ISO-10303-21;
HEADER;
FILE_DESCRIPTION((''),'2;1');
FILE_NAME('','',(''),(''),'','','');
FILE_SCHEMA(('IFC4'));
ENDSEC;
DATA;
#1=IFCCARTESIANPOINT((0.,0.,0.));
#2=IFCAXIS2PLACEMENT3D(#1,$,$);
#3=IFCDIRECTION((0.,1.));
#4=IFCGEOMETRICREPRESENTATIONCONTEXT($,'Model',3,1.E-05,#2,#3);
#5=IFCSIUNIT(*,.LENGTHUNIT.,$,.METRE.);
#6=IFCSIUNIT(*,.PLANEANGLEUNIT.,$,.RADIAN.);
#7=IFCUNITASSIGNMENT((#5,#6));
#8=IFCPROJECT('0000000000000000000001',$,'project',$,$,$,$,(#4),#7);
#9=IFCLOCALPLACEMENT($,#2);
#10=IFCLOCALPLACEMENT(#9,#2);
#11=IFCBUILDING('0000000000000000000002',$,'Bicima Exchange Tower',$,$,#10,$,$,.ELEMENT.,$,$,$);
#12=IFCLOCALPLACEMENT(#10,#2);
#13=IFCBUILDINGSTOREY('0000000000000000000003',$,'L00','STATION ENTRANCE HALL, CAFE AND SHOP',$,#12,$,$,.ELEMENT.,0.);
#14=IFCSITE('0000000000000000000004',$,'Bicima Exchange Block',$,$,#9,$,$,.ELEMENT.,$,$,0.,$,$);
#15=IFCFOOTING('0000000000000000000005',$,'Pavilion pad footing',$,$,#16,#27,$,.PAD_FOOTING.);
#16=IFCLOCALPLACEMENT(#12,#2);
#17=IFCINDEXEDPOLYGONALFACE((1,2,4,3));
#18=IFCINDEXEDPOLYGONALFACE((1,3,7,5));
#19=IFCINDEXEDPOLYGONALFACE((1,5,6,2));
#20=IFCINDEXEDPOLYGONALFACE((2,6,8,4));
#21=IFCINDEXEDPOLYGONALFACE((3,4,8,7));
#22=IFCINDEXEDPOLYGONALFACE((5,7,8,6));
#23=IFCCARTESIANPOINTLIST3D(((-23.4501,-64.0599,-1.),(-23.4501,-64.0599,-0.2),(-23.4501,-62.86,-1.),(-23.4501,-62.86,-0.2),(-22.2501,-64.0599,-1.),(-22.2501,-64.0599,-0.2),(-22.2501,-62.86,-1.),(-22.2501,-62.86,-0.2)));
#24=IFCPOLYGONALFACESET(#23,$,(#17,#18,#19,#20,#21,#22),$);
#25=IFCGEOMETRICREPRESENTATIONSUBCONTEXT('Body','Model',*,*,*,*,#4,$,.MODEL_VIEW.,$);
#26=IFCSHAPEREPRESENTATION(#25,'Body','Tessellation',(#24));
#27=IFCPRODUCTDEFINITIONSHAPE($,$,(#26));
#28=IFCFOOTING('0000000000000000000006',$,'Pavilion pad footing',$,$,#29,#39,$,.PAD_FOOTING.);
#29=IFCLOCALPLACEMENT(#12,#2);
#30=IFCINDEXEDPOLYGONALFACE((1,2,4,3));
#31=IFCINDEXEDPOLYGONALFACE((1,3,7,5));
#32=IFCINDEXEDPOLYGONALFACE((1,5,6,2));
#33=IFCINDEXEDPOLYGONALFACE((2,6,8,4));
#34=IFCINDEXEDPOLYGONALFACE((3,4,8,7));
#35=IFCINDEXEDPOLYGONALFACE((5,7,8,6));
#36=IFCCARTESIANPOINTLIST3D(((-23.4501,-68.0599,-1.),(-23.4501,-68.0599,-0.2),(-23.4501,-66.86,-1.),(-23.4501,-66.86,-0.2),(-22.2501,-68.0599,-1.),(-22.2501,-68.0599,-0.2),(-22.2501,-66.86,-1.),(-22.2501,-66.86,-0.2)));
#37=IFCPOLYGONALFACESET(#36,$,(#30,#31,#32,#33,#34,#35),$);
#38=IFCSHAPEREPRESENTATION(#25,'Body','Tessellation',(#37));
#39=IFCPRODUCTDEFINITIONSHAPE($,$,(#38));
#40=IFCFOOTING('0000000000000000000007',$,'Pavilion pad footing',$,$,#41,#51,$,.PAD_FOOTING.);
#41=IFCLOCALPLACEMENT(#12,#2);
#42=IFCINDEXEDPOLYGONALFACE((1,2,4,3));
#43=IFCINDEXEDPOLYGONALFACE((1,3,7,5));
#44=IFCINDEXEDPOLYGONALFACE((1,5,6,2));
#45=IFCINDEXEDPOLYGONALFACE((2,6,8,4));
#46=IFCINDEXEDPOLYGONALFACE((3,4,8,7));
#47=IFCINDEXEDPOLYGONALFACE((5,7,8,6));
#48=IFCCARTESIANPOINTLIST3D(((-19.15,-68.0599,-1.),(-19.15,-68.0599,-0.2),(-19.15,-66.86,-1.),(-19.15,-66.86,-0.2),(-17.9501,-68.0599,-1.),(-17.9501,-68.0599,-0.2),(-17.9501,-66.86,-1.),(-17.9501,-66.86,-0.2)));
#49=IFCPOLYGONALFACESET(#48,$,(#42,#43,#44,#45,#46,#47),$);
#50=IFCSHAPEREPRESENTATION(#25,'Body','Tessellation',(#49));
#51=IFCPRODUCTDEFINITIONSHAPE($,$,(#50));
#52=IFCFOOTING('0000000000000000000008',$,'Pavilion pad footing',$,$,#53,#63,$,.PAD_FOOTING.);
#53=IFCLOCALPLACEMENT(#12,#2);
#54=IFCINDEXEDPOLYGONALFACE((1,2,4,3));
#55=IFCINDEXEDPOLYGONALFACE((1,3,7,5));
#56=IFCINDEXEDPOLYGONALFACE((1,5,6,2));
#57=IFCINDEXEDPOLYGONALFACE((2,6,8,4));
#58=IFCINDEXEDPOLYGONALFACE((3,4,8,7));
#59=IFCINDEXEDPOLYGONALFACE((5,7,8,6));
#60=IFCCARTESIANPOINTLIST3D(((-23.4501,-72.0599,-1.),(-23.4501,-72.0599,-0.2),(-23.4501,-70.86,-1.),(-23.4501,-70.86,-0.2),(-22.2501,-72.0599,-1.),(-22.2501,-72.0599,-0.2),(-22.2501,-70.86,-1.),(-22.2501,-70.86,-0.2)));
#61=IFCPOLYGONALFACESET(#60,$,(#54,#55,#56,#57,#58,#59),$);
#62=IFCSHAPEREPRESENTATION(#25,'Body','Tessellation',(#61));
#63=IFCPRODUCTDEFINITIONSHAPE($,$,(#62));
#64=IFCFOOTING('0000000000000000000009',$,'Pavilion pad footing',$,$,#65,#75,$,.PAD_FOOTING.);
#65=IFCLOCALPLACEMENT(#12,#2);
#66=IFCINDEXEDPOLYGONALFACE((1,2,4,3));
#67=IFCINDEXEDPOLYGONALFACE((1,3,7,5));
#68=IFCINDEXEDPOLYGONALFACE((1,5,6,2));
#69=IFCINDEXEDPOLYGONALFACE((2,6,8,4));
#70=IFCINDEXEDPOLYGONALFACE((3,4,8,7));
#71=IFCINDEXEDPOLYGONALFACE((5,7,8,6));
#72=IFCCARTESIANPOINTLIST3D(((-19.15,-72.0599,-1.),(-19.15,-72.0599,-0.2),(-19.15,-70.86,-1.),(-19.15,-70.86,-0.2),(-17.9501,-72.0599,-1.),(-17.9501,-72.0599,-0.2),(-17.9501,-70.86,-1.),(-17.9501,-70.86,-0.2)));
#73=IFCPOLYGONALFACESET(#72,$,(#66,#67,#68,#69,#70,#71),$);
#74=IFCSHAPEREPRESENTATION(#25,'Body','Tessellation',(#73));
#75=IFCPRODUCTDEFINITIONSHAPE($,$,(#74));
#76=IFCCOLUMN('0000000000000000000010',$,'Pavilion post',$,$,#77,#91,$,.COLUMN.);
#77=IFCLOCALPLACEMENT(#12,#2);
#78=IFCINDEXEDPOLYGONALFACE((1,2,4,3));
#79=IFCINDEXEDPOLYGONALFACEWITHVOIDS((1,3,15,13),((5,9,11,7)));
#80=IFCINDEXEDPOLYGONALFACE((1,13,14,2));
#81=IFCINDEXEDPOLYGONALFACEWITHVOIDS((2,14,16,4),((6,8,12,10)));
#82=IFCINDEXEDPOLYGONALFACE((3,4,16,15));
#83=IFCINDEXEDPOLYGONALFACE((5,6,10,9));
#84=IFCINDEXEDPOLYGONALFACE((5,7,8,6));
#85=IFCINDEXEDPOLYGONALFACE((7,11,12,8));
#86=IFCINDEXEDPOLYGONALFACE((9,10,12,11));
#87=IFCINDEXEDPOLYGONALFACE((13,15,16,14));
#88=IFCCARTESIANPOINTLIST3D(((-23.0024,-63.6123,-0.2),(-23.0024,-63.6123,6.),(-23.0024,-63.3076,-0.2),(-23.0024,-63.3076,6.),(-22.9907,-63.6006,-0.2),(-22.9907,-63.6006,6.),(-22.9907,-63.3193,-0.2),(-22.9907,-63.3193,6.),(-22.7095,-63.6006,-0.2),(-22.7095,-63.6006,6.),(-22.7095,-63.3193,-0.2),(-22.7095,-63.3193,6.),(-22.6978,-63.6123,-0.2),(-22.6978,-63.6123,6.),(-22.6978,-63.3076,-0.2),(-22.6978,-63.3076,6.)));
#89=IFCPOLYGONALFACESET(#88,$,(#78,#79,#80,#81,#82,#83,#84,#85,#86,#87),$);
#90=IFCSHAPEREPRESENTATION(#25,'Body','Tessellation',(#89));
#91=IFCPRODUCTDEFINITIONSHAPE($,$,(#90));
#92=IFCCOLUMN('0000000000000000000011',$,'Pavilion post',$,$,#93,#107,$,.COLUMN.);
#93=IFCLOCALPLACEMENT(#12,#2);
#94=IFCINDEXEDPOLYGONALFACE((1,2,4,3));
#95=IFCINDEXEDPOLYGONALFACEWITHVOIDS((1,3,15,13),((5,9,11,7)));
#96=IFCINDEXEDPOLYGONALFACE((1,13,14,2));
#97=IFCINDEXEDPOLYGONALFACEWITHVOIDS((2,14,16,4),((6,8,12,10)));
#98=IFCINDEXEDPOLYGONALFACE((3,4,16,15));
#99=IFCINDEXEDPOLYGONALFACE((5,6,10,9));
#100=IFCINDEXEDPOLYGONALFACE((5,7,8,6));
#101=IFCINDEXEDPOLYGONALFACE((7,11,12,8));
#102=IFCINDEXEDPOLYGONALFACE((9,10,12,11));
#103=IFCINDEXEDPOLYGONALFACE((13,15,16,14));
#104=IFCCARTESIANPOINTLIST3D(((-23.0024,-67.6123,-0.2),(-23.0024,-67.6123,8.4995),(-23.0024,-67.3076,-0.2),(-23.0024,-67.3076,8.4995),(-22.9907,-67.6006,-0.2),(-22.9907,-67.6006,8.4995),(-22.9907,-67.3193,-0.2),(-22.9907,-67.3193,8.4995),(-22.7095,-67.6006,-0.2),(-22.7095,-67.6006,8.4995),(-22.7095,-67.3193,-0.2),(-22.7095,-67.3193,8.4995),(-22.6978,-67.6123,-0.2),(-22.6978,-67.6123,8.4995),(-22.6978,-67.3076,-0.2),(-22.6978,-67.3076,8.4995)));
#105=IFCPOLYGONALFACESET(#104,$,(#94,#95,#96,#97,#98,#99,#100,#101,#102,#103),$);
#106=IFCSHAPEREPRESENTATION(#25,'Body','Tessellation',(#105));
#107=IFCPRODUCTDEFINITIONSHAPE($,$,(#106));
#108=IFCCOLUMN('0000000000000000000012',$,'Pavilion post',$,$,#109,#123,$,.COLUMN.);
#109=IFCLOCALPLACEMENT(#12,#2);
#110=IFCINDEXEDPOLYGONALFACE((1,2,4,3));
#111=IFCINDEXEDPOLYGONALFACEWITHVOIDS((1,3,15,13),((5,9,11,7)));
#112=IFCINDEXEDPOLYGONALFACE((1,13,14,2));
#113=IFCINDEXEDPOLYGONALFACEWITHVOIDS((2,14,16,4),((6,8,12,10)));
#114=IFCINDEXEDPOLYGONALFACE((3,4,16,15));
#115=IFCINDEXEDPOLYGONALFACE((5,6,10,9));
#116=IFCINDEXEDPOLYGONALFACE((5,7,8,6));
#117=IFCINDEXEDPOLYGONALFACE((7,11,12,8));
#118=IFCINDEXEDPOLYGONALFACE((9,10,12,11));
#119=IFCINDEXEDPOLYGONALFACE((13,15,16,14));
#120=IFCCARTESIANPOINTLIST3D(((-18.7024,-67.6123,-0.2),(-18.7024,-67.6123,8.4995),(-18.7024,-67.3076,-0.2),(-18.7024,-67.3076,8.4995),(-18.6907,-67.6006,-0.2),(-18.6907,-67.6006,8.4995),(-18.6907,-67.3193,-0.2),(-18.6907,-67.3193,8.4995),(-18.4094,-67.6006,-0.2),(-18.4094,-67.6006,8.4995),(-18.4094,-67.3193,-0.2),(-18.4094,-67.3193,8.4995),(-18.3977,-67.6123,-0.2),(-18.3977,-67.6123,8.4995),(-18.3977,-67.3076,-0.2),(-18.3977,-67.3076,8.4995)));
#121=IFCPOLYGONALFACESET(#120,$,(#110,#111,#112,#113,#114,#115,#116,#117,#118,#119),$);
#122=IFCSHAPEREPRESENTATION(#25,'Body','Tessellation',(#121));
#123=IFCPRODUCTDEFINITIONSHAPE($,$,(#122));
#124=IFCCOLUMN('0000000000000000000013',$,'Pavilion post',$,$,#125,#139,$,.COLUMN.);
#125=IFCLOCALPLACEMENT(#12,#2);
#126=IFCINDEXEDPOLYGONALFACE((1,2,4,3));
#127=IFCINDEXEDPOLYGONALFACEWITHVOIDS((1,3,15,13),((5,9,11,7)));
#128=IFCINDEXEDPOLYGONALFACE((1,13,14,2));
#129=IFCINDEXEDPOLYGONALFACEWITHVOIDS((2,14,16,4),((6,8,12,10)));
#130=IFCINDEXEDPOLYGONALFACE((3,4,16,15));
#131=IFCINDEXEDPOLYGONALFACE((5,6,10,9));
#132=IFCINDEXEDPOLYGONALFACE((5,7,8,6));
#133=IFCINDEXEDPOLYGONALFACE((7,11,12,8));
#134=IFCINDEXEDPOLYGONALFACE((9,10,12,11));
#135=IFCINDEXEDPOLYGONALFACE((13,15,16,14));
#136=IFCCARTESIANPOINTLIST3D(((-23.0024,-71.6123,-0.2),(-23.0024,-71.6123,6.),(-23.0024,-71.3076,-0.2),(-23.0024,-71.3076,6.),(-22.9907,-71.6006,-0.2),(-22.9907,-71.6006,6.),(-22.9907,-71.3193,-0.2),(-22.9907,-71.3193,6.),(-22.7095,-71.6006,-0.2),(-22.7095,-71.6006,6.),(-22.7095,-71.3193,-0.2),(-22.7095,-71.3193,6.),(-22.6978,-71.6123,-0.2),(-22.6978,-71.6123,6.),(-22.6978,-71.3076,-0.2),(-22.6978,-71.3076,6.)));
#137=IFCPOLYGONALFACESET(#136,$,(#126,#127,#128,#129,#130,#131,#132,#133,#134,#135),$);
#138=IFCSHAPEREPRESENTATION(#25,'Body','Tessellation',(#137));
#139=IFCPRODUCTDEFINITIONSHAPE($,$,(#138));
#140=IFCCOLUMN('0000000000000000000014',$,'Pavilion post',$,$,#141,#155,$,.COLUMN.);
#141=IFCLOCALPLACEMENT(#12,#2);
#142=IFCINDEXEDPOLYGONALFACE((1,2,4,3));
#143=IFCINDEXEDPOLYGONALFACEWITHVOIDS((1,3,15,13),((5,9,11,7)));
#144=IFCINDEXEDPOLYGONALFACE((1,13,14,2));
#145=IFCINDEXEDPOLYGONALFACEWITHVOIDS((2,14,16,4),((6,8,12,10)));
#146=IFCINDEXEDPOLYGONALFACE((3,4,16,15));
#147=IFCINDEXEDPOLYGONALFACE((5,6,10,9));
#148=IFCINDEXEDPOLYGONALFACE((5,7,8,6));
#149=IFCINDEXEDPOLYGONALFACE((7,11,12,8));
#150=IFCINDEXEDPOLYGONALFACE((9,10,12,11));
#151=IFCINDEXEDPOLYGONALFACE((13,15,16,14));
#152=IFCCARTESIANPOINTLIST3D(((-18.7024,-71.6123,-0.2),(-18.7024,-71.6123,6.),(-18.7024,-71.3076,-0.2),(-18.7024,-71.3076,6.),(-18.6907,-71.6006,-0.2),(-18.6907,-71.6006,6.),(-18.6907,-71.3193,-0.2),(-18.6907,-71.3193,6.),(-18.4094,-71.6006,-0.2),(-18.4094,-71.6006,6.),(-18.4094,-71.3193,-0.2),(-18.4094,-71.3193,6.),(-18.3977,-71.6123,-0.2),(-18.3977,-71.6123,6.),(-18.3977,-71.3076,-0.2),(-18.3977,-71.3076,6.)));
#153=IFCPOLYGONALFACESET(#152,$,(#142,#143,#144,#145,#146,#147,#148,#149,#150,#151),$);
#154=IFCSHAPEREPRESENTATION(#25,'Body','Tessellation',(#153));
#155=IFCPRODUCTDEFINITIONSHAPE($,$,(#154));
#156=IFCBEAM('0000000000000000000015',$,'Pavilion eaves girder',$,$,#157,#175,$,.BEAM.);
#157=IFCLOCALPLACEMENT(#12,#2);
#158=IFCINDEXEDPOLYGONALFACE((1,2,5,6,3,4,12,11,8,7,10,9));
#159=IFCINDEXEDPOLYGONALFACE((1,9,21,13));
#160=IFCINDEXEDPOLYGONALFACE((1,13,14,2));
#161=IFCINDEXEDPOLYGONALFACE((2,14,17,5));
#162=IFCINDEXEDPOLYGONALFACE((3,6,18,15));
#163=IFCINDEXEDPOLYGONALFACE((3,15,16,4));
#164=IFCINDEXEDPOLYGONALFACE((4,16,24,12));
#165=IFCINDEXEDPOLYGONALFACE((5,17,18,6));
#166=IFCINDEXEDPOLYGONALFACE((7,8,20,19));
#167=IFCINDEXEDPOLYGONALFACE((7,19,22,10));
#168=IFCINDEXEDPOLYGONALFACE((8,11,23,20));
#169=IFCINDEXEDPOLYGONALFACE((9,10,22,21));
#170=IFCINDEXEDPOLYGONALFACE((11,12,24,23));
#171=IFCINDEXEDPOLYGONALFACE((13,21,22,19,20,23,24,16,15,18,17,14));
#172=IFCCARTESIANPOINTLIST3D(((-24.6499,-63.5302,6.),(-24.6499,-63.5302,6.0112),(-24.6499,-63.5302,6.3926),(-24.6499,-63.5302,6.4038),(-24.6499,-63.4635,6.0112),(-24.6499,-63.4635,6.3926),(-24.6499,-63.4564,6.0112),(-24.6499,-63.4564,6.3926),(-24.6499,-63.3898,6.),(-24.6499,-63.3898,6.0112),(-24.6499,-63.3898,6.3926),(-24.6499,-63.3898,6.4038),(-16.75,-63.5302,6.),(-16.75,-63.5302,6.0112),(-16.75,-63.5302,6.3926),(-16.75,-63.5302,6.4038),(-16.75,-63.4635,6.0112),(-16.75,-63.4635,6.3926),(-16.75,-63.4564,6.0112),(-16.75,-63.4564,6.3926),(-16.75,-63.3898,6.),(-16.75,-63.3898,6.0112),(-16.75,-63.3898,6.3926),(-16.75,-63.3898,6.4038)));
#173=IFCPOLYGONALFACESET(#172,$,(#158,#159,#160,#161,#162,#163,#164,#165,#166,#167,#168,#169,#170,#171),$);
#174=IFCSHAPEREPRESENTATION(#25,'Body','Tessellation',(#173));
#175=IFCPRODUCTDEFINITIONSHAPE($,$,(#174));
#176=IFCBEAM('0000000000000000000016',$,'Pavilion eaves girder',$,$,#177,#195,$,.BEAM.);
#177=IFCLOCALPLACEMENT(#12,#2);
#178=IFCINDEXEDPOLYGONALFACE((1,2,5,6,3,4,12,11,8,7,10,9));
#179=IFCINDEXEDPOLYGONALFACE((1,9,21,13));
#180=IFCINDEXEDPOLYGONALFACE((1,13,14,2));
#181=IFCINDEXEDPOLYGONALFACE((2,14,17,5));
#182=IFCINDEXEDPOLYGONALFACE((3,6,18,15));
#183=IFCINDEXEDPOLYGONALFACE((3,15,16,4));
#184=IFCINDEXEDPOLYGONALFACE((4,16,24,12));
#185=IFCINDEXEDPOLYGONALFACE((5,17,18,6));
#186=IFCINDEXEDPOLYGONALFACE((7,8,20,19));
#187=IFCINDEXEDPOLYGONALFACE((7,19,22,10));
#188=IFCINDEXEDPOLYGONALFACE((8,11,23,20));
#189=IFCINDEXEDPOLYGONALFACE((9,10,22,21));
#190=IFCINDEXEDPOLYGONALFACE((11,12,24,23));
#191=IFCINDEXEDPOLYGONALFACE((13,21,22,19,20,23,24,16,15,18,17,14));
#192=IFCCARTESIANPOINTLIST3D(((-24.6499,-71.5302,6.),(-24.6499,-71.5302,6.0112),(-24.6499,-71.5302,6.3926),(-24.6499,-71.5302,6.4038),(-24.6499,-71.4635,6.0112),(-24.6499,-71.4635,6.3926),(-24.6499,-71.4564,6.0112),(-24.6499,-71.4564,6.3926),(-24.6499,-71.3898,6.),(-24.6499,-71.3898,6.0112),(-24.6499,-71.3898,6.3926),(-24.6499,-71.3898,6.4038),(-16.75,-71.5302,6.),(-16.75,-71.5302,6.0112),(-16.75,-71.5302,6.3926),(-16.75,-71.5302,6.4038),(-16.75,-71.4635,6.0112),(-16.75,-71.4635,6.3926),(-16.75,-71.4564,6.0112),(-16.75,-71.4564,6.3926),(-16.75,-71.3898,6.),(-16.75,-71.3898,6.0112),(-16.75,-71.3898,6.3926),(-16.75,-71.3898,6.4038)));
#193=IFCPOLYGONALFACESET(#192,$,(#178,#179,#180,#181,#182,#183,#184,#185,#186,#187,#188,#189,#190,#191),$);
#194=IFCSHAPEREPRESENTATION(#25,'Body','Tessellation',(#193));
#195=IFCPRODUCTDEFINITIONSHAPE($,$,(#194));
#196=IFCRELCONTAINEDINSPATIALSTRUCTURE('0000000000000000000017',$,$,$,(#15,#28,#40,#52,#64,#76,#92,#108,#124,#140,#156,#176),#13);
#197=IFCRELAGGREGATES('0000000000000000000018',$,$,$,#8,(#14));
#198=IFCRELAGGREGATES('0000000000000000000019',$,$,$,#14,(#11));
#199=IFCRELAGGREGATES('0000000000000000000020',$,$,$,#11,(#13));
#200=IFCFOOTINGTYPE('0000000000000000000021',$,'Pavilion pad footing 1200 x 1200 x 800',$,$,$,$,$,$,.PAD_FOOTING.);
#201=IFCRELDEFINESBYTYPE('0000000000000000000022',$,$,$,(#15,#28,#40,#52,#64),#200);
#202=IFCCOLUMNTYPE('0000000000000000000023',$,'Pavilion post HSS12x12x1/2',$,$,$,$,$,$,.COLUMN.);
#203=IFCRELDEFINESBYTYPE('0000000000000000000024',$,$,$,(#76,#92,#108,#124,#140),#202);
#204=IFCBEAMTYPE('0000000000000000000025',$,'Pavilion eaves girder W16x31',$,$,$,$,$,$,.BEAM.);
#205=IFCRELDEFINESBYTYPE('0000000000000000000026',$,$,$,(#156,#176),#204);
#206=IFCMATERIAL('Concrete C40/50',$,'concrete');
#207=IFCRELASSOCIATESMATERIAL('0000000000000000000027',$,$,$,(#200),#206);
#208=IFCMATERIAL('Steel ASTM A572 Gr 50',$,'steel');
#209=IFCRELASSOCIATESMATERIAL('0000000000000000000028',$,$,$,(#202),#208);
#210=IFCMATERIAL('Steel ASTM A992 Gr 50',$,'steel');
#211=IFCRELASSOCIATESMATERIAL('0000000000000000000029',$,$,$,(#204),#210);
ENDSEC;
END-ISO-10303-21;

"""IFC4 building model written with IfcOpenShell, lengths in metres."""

from ifc_helpers import new_model, si_unit, direction, frame, origin, origin_2d, place, context, subcontext, project, spatial, rectangle, hollow_rectangle, i_section, extrude, material, material_profile, profile_set, type_object, element, save


model = new_model("IFC4")

# Units and contexts
model_context = context("Model", 3, precision=1e-05, world=origin(), true_north=direction((0.0, 1.0)))
body_context = subcontext(model_context, "Body", "Model", "MODEL_VIEW")
ifc_project = project(units=[si_unit("LENGTHUNIT", "METRE"), si_unit("PLANEANGLEUNIT", "RADIAN")], contexts=[model_context])

# Site, building, storey
site_placement = place(None, origin())
site = spatial("IfcSite", under=ifc_project, at=site_placement, Name="Bicima Exchange Block", CompositionType="ELEMENT", RefElevation=0.0)
building_placement = place(site_placement, origin())
building = spatial("IfcBuilding", under=site, at=building_placement, Name="Bicima Exchange Tower", CompositionType="ELEMENT")
storey_placement = place(building_placement, origin())
storey = spatial("IfcBuildingStorey", under=building, at=storey_placement, Name="L00", Description="STATION ENTRANCE HALL, CAFE AND SHOP", CompositionType="ELEMENT", Elevation=0.0)

# Footings
ifc_material_1 = material(Name="Concrete C40/50", Category="concrete")
footing_type = type_object("IfcFootingType", Name="Pavilion pad footing 1200 x 1200 x 800", PredefinedType="PAD_FOOTING", material=ifc_material_1)
for number, where, z_axis, x_axis, name in (
    (1, (-22.8501, -63.46, -1.0), (0.0, 0.0, 1.0), (1.0, 0.0, 0.0), "Pavilion pad footing"),
    (2, (-22.8501, -67.46, -1.0), (0.0, 0.0, 1.0), (1.0, 0.0, 0.0), "Pavilion pad footing"),
    (3, (-18.55, -67.46, -1.0), (0.0, 0.0, 1.0), (1.0, 0.0, 0.0), "Pavilion pad footing"),
    (4, (-22.8501, -71.46, -1.0), (0.0, 0.0, 1.0), (1.0, 0.0, 0.0), "Pavilion pad footing"),
    (5, (-18.55, -71.46, -1.0), (0.0, 0.0, 1.0), (1.0, 0.0, 0.0), "Pavilion pad footing"),
):
    element("IfcFooting", number, at=place(storey_placement, frame(where, z_axis=z_axis, x_axis=x_axis)), inside=storey, type_object=footing_type, Name=name, PredefinedType="PAD_FOOTING", context=body_context, shape_type="SweptSolid", body=[
        extrude(rectangle(XDim=1.2, YDim=1.2, at=origin_2d()), origin(), (0.0, 0.0, 1.0), 0.8),
    ])

# Columns
ifc_material_2 = material(Name="Steel ASTM A572 Gr 50", Category="steel")
ifc_material_profile_1 = material_profile(ifc_material_2, hollow_rectangle(XDim=0.3047, YDim=0.3047, WallThickness=0.0117, at=origin_2d()))
ifc_profile_set_1 = profile_set([ifc_material_profile_1], Name="Steel ASTM A572 Gr 50")
column_type = type_object("IfcColumnType", Name="Pavilion post HSS12x12x1/2", PredefinedType="COLUMN", material=ifc_profile_set_1)
column_placement = place(storey_placement, frame((-22.8501, -63.46, -0.2), z_axis=(0.0, 0.0, 1.0), x_axis=(1.0, 0.0, 0.0)))
element("IfcColumn", 6, at=column_placement, inside=storey, type_object=column_type, Name="Pavilion post", PredefinedType="COLUMN", context=body_context, shape_type="SweptSolid", body=[
    extrude(hollow_rectangle(XDim=0.3047, YDim=0.3047, WallThickness=0.0117, at=origin_2d()), origin(), (0.0, 0.0, 1.0), 6.2),
])
for number, where, z_axis, x_axis, name in (
    (7, (-22.8501, -67.46, -0.2), (0.0, 0.0, 1.0), (1.0, 0.0, 0.0), "Pavilion post"),
    (8, (-18.55, -67.46, -0.2), (0.0, 0.0, 1.0), (1.0, 0.0, 0.0), "Pavilion post"),
):
    element("IfcColumn", number, at=place(storey_placement, frame(where, z_axis=z_axis, x_axis=x_axis)), inside=storey, type_object=column_type, Name=name, PredefinedType="COLUMN", context=body_context, shape_type="SweptSolid", body=[
        extrude(hollow_rectangle(XDim=0.3047, YDim=0.3047, WallThickness=0.0117, at=origin_2d()), origin(), (0.0, 0.0, 1.0), 8.6995),
    ])
for number, where, z_axis, x_axis, name in (
    (9, (-22.8501, -71.46, -0.2), (0.0, 0.0, 1.0), (1.0, 0.0, 0.0), "Pavilion post"),
    (10, (-18.55, -71.46, -0.2), (0.0, 0.0, 1.0), (1.0, 0.0, 0.0), "Pavilion post"),
):
    element("IfcColumn", number, at=place(storey_placement, frame(where, z_axis=z_axis, x_axis=x_axis)), inside=storey, type_object=column_type, Name=name, PredefinedType="COLUMN", context=body_context, shape_type="SweptSolid", body=[
        extrude(hollow_rectangle(XDim=0.3047, YDim=0.3047, WallThickness=0.0117, at=origin_2d()), origin(), (0.0, 0.0, 1.0), 6.2),
    ])

# Beams
ifc_material_3 = material(Name="Steel ASTM A992 Gr 50", Category="steel")
ifc_material_profile_2 = material_profile(ifc_material_3, i_section(OverallWidth=0.1404, OverallDepth=0.4038, WebThickness=0.0071, FlangeThickness=0.0112, at=origin_2d()))
ifc_profile_set_2 = profile_set([ifc_material_profile_2], Name="Steel ASTM A992 Gr 50")
beam_type_1 = type_object("IfcBeamType", Name="Pavilion eaves girder W16x31", PredefinedType="BEAM", material=ifc_profile_set_2)
for number, where, z_axis, x_axis, name in (
    (11, (-24.6499, -63.46, 6.2019), (1.0, 0.0, 0.0), (0.0, 1.0, 0.0), "Pavilion eaves girder"),
    (12, (-24.6499, -71.46, 6.2019), (1.0, 0.0, 0.0), (0.0, 1.0, 0.0), "Pavilion eaves girder"),
):
    element("IfcBeam", number, at=place(storey_placement, frame(where, z_axis=z_axis, x_axis=x_axis)), inside=storey, type_object=beam_type_1, Name=name, PredefinedType="BEAM", context=body_context, shape_type="SweptSolid", body=[
        extrude(i_section(OverallWidth=0.1404, OverallDepth=0.4038, WebThickness=0.0071, FlangeThickness=0.0112, at=origin_2d()), origin(), (0.0, 0.0, 1.0), 7.8999),
    ])

save(model, "model.ifc")
